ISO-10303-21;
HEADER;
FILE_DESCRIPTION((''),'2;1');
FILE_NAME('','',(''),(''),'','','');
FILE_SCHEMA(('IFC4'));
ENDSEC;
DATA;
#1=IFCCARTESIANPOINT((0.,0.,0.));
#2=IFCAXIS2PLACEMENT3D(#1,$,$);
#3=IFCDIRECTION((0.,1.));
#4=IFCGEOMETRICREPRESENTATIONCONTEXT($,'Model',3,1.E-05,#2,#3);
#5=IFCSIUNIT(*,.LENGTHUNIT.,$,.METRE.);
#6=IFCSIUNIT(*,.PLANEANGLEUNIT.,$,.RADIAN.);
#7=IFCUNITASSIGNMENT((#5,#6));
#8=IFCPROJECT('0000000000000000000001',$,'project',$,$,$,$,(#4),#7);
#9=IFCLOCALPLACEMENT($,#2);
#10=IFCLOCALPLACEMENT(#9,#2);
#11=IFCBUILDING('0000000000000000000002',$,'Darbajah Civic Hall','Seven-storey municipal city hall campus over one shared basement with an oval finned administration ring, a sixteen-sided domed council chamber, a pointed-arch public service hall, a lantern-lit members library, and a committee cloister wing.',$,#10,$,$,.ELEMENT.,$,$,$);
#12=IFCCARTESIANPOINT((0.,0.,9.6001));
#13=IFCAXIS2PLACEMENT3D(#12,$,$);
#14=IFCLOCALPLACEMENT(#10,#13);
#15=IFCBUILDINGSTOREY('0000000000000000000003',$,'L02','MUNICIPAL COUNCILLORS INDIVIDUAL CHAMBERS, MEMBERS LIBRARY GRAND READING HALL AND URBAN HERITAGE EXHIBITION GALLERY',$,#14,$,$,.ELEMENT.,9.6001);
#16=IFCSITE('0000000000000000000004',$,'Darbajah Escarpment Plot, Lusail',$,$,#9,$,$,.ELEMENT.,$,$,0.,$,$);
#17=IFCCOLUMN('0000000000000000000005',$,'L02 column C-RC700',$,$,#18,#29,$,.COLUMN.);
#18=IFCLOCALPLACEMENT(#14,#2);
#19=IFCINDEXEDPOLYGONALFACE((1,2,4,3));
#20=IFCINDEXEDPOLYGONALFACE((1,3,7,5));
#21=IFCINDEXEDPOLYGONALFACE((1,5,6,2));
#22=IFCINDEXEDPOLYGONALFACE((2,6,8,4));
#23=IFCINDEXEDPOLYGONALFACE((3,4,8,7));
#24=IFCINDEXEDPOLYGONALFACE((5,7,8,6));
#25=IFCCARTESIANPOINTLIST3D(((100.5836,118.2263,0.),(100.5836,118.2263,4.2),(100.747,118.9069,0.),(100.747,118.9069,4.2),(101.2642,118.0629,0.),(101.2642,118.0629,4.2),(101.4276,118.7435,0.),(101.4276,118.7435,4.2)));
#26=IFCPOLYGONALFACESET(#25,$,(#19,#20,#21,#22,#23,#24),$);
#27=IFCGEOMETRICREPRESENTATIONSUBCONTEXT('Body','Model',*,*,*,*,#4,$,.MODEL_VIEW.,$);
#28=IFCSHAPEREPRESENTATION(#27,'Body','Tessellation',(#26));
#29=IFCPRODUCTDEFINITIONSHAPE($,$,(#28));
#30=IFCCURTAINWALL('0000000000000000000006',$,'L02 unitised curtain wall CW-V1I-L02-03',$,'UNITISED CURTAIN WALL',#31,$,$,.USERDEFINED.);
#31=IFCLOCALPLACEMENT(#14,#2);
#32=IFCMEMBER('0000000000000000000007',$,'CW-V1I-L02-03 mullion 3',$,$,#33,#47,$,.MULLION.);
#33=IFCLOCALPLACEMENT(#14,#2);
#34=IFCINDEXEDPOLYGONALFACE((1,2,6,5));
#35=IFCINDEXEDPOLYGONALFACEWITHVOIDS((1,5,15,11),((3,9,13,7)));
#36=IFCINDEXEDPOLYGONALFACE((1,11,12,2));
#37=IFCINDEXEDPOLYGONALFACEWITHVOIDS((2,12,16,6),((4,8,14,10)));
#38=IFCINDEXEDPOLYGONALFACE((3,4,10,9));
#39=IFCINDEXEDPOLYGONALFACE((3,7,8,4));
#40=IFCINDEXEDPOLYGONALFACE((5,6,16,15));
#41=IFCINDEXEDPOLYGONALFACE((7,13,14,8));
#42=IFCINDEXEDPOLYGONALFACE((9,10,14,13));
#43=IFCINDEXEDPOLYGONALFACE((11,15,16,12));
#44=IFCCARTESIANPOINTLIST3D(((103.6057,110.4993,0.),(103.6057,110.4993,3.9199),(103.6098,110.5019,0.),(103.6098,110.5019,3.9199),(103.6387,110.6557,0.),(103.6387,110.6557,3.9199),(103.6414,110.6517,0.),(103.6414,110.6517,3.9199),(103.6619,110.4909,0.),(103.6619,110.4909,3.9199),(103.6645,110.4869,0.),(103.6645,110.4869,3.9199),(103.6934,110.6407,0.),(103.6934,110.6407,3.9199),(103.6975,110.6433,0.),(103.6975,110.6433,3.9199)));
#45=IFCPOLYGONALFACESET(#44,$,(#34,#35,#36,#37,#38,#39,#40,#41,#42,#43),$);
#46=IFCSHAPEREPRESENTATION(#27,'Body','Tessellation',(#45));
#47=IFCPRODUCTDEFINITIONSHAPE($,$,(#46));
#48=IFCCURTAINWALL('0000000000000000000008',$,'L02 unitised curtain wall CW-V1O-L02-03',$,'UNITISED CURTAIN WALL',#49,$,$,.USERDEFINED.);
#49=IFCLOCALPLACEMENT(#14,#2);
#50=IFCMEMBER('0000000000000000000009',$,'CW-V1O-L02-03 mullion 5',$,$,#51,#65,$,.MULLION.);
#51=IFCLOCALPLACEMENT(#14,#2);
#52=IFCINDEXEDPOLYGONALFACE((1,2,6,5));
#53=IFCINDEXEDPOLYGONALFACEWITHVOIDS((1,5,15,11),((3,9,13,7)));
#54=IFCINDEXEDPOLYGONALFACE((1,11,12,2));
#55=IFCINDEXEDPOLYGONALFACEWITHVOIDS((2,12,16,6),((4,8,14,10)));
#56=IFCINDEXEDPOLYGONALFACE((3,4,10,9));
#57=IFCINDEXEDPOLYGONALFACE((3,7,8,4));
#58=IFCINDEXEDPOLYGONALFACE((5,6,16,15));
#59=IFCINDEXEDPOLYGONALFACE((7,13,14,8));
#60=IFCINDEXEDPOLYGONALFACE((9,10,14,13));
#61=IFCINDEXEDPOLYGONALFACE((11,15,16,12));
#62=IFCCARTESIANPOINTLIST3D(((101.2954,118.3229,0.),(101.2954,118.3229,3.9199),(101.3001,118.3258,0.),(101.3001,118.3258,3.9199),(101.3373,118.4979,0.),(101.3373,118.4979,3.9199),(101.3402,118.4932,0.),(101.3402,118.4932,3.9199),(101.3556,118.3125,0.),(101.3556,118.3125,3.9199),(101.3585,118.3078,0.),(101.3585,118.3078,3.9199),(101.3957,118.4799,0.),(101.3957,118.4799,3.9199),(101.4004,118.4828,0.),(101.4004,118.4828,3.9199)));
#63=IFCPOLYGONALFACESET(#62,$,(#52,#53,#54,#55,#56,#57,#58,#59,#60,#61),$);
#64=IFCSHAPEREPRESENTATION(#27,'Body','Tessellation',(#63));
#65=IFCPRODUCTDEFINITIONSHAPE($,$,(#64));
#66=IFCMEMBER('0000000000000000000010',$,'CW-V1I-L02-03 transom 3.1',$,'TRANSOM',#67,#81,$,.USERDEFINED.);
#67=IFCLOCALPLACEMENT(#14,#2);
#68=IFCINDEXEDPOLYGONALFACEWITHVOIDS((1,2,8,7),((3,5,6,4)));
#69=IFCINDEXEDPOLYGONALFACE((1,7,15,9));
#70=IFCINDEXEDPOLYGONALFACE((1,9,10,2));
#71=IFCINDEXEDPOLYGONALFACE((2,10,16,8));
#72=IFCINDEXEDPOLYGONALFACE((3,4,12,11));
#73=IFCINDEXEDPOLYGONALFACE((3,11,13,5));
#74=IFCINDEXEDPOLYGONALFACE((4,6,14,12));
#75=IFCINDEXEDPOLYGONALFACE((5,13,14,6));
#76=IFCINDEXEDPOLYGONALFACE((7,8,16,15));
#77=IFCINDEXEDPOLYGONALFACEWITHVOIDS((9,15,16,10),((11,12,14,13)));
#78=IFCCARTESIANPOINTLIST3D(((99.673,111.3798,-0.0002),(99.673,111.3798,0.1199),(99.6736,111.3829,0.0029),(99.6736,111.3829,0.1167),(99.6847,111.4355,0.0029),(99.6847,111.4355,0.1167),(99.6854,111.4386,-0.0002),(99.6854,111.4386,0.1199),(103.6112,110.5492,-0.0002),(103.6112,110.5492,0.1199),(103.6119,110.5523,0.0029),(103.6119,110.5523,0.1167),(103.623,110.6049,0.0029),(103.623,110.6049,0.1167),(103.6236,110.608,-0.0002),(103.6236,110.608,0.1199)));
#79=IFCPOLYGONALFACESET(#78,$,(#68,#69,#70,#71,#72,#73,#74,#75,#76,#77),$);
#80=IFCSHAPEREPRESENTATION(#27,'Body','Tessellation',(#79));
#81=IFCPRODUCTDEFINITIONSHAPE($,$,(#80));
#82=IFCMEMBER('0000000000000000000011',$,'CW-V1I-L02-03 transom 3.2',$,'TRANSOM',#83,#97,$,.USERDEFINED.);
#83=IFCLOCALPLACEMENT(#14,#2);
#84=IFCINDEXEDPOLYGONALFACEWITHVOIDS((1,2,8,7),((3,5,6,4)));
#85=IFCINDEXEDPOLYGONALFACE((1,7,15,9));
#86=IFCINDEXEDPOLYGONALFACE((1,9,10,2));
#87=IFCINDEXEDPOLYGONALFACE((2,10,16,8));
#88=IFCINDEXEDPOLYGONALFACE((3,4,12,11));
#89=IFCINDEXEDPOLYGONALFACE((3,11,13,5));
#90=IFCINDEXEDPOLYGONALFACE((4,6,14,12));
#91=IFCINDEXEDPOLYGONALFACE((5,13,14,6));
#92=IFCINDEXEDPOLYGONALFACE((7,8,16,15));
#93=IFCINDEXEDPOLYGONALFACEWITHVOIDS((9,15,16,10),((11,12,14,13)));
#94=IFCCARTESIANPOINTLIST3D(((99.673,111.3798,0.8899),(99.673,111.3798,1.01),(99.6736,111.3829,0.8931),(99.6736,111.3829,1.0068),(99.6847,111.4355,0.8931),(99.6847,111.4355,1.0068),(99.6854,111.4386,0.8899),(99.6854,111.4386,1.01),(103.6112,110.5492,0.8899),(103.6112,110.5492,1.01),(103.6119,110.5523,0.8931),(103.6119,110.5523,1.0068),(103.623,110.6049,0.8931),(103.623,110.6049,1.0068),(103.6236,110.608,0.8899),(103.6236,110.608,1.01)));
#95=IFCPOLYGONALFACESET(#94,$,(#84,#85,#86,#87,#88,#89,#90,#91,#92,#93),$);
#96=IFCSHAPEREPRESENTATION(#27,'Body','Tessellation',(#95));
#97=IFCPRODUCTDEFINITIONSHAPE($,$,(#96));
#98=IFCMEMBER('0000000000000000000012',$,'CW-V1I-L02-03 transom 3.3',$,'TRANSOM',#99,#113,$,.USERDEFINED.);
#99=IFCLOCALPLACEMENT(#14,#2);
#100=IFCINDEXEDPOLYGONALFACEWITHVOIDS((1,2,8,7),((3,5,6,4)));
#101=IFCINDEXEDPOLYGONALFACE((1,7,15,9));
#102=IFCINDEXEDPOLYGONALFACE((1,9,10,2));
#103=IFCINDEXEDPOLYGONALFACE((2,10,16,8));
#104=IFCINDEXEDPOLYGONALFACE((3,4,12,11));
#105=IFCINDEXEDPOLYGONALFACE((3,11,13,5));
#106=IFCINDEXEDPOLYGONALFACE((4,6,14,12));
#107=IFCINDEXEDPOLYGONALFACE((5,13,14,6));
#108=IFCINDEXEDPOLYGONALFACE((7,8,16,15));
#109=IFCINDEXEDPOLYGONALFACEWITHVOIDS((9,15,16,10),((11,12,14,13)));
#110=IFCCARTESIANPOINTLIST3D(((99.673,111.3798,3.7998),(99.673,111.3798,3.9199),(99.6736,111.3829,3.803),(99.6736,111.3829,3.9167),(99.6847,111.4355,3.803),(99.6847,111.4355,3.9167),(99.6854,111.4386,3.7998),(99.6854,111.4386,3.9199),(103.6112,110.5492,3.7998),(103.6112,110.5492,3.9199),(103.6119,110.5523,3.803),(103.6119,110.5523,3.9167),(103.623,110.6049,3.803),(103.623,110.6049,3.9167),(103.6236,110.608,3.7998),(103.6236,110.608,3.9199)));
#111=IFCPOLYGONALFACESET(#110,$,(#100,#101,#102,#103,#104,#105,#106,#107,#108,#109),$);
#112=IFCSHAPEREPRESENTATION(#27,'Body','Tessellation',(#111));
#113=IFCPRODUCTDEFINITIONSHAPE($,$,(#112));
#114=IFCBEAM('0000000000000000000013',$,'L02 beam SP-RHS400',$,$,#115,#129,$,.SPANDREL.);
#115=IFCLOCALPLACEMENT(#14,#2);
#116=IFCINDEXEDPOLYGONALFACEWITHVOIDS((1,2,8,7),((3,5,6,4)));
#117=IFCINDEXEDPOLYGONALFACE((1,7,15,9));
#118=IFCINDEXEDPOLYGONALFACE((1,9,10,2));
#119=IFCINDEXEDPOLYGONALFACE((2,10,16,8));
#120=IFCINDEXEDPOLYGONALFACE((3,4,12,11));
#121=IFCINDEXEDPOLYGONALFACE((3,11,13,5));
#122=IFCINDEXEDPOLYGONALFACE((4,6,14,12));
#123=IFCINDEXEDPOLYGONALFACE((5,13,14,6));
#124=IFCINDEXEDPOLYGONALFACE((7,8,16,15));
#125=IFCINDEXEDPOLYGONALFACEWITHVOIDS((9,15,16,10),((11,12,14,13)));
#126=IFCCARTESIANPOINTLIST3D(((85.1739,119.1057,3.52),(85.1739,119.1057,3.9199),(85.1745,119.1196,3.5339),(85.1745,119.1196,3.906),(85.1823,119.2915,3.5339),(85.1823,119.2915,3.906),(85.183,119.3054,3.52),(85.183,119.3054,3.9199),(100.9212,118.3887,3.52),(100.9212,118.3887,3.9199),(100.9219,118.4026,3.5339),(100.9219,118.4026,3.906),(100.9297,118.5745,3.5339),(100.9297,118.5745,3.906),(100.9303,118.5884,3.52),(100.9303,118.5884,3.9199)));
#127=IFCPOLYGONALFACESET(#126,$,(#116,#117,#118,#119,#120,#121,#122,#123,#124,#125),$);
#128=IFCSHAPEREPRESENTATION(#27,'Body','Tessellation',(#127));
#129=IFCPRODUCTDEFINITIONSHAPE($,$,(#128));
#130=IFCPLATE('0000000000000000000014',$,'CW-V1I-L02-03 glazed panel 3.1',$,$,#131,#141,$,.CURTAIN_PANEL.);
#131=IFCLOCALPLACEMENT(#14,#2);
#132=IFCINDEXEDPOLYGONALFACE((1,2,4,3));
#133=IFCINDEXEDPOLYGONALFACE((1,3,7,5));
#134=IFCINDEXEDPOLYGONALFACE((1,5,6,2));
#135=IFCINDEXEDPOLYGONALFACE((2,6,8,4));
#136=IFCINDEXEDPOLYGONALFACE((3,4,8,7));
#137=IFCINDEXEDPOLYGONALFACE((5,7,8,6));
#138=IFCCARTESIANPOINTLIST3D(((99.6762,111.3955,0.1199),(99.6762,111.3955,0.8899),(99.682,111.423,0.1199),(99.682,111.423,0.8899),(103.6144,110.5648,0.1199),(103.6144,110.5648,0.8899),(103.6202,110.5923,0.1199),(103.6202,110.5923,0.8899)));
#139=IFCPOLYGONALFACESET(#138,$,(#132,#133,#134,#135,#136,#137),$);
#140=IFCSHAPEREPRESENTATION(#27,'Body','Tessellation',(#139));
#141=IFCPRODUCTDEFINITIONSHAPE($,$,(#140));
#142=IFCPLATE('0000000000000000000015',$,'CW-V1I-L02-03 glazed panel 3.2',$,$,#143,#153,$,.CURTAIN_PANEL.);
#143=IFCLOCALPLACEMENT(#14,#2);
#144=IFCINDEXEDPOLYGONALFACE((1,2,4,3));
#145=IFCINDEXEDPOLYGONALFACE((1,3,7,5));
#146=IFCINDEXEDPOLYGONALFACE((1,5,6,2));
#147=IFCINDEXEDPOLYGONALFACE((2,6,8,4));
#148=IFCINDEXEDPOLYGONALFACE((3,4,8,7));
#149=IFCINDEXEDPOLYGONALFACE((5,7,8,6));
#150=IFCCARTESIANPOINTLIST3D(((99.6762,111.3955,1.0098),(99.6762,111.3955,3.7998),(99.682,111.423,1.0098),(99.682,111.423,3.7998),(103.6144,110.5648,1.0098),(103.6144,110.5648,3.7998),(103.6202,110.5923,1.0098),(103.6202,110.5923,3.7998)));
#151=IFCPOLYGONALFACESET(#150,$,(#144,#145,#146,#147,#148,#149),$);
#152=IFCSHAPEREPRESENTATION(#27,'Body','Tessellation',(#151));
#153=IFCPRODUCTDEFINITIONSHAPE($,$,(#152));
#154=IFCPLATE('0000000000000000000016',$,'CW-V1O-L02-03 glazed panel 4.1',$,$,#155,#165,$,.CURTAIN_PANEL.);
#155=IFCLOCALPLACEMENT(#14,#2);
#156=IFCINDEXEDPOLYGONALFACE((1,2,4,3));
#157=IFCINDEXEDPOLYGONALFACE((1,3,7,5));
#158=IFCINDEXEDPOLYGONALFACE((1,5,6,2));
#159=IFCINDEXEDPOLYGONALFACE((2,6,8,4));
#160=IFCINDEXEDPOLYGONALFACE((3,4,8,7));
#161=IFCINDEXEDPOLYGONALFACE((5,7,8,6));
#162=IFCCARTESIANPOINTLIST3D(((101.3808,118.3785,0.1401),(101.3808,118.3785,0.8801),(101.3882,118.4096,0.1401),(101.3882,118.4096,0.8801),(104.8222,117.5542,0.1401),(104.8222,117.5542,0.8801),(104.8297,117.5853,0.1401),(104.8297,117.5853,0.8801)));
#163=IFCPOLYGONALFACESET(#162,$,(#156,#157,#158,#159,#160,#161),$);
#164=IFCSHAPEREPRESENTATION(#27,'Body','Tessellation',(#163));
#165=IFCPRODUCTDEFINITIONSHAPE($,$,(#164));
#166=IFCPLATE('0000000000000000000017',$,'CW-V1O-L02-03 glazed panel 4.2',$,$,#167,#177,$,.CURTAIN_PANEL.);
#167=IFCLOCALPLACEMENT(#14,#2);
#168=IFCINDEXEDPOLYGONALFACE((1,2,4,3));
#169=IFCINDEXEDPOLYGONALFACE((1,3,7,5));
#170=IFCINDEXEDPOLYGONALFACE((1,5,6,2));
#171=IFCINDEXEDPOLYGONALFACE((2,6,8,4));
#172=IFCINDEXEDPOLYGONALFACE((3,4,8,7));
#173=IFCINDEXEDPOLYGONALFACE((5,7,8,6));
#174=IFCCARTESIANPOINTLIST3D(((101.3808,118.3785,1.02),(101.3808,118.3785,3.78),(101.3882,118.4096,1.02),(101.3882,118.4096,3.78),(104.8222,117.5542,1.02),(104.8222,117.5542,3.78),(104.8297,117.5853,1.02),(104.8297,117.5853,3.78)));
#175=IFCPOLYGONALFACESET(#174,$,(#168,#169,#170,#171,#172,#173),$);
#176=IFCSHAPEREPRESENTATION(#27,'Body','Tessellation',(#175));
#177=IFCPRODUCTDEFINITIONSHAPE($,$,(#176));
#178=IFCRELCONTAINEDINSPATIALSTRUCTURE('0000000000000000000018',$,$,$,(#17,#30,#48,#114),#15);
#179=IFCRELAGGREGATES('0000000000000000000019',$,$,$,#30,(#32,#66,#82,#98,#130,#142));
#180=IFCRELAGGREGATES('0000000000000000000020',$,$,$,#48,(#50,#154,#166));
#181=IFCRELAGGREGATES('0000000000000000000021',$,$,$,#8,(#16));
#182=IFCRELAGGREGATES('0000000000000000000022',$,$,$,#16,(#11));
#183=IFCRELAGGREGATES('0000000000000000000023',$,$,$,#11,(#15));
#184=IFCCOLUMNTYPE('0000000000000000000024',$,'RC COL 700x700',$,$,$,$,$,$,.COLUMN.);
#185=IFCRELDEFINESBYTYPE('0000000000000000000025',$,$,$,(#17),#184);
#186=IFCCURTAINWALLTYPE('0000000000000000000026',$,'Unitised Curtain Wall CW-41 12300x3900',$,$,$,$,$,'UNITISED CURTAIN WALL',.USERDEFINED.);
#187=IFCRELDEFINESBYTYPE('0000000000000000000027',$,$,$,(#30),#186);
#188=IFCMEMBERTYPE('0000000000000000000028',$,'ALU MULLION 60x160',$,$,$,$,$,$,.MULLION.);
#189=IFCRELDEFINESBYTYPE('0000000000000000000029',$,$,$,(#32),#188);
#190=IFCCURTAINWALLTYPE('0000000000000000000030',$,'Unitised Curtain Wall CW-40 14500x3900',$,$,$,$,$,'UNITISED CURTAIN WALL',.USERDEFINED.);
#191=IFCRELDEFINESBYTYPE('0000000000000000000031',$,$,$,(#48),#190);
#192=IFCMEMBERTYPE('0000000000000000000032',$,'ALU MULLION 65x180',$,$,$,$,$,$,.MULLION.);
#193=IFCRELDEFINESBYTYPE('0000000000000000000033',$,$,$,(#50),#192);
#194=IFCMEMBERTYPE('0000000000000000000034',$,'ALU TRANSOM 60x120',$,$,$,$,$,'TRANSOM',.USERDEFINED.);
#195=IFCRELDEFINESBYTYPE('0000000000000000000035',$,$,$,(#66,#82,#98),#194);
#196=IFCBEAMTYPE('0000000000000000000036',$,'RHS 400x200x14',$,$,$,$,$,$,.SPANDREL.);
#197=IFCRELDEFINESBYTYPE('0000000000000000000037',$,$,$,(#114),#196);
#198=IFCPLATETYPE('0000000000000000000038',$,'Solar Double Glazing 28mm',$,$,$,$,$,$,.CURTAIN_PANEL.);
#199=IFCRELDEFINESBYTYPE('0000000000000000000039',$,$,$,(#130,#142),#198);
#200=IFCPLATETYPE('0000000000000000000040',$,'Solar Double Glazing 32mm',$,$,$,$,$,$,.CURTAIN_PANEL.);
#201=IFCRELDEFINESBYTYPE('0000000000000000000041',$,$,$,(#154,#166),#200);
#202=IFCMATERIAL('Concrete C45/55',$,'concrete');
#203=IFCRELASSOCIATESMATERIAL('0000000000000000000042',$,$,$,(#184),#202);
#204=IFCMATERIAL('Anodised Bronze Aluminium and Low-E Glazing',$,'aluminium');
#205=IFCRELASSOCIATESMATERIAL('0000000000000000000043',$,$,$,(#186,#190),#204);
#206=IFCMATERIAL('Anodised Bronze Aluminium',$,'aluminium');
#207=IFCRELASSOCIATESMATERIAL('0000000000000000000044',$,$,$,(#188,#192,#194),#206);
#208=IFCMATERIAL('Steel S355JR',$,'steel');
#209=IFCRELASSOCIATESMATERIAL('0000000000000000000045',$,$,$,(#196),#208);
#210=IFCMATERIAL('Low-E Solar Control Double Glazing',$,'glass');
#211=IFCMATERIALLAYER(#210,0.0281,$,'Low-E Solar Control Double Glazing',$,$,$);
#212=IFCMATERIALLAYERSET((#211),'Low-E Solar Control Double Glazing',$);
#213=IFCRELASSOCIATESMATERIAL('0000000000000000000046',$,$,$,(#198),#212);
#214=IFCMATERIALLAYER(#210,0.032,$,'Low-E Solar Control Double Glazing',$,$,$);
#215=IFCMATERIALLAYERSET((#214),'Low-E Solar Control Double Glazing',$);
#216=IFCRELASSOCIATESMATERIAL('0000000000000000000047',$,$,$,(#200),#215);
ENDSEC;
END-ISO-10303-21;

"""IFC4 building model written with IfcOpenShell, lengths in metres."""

from ifc_helpers import new_model, si_unit, direction, frame, origin, origin_2d, place, context, subcontext, project, spatial, rectangle, hollow_rectangle, extrude, material, layer, layer_set, material_profile, profile_set, type_object, element, aggregate, save


model = new_model("IFC4")

# Units and contexts
model_context = context("Model", 3, precision=1e-05, world=origin(), true_north=direction((0.0, 1.0)))
body_context = subcontext(model_context, "Body", "Model", "MODEL_VIEW")
ifc_project = project(units=[si_unit("LENGTHUNIT", "METRE"), si_unit("PLANEANGLEUNIT", "RADIAN")], contexts=[model_context])

# Site, building, storey
site_placement = place(None, origin())
site = spatial("IfcSite", under=ifc_project, at=site_placement, Name="Darbajah Escarpment Plot, Lusail", CompositionType="ELEMENT", RefElevation=0.0)
building_placement = place(site_placement, origin())
building = spatial("IfcBuilding", under=site, at=building_placement, Name="Darbajah Civic Hall", Description="Seven-storey municipal city hall campus over one shared basement with an oval finned administration ring, a sixteen-sided domed council chamber, a pointed-arch public service hall, a lantern-lit members library, and a committee cloister wing.", CompositionType="ELEMENT")
storey_placement = place(building_placement, frame((0.0, 0.0, 9.6001)))
storey = spatial("IfcBuildingStorey", under=building, at=storey_placement, Name="L02", Description="MUNICIPAL COUNCILLORS INDIVIDUAL CHAMBERS, MEMBERS LIBRARY GRAND READING HALL AND URBAN HERITAGE EXHIBITION GALLERY", CompositionType="ELEMENT", Elevation=9.6001)

# Column
ifc_material_1 = material(Name="Concrete C45/55", Category="concrete")
ifc_material_profile_1 = material_profile(ifc_material_1, rectangle(XDim=0.7, YDim=0.7, at=origin_2d()), Name="RC COL 700x700")
ifc_profile_set_1 = profile_set([ifc_material_profile_1], Name="Concrete C45/55")
column_type = type_object("IfcColumnType", Name="RC COL 700x700", PredefinedType="COLUMN", material=ifc_profile_set_1)
column_placement = place(storey_placement, frame((101.0056, 118.4849, 0.0), z_axis=(0.0, 0.0, 1.0), x_axis=(0.233445, 0.97237, 0.0)))
element("IfcColumn", 1, at=column_placement, inside=storey, type_object=column_type, Name="L02 column C-RC700", PredefinedType="COLUMN", context=body_context, shape_type="SweptSolid", body=[
    extrude(rectangle(XDim=0.7, YDim=0.7, at=origin_2d()), origin(), (0.0, 0.0, 1.0), 4.2),
])

# Curtain walls, members
ifc_material_2 = material(Name="Anodised Bronze Aluminium and Low-E Glazing", Category="aluminium")
curtain_wall_type_1 = type_object("IfcCurtainWallType", Name="Unitised Curtain Wall CW-41 12300x3900", ElementType="UNITISED CURTAIN WALL", PredefinedType="USERDEFINED", material=ifc_material_2)
curtain_wall_1_placement = place(storey_placement, origin())
curtain_wall_1 = element("IfcCurtainWall", 2, at=curtain_wall_1_placement, inside=storey, type_object=curtain_wall_type_1, Name="L02 unitised curtain wall CW-V1I-L02-03", ObjectType="UNITISED CURTAIN WALL", PredefinedType="USERDEFINED")
ifc_material_3 = material(Name="Anodised Bronze Aluminium", Category="aluminium")
ifc_material_profile_2 = material_profile(ifc_material_3, hollow_rectangle(XDim=0.0601, YDim=0.1599, WallThickness=0.0034, at=origin_2d()), Name="ALU MULLION 60x160")
ifc_profile_set_2 = profile_set([ifc_material_profile_2], Name="Anodised Bronze Aluminium")
member_type_1 = type_object("IfcMemberType", Name="ALU MULLION 60x160", PredefinedType="MULLION", material=ifc_profile_set_2)
member_1_placement = place(storey_placement, frame((103.6516, 110.5713, 0.0), z_axis=(0.0, 0.0, 1.0), x_axis=(-0.978473, 0.206375, 0.0)))
member_1 = element("IfcMember", 3, at=member_1_placement, type_object=member_type_1, Name="CW-V1I-L02-03 mullion 3", PredefinedType="MULLION", context=body_context, shape_type="SweptSolid", body=[
    extrude(hollow_rectangle(XDim=0.0601, YDim=0.1599, WallThickness=0.0034, at=origin_2d()), origin(), (0.0, 0.0, 1.0), 3.9199),
])
curtain_wall_type_2 = type_object("IfcCurtainWallType", Name="Unitised Curtain Wall CW-40 14500x3900", ElementType="UNITISED CURTAIN WALL", PredefinedType="USERDEFINED", material=ifc_material_2)
curtain_wall_2_placement = place(storey_placement, origin())
curtain_wall_2 = element("IfcCurtainWall", 4, at=curtain_wall_2_placement, inside=storey, type_object=curtain_wall_type_2, Name="L02 unitised curtain wall CW-V1O-L02-03", ObjectType="UNITISED CURTAIN WALL", PredefinedType="USERDEFINED")
ifc_material_profile_3 = material_profile(ifc_material_3, hollow_rectangle(XDim=0.0649, YDim=0.1799, WallThickness=0.0039, at=origin_2d()), Name="ALU MULLION 65x180")
ifc_profile_set_3 = profile_set([ifc_material_profile_3], Name="Anodised Bronze Aluminium")
member_type_2 = type_object("IfcMemberType", Name="ALU MULLION 65x180", PredefinedType="MULLION", material=ifc_profile_set_3)
member_2_placement = place(storey_placement, frame((101.3479, 118.4028, 0.0), z_axis=(0.0, 0.0, 1.0), x_axis=(-0.972492, 0.232936, 0.0)))
member_2 = element("IfcMember", 5, at=member_2_placement, type_object=member_type_2, Name="CW-V1O-L02-03 mullion 5", PredefinedType="MULLION", context=body_context, shape_type="SweptSolid", body=[
    extrude(hollow_rectangle(XDim=0.0649, YDim=0.1799, WallThickness=0.0039, at=origin_2d()), origin(), (0.0, 0.0, 1.0), 3.9199),
])

# Members
ifc_material_profile_4 = material_profile(ifc_material_3, hollow_rectangle(XDim=0.0601, YDim=0.1201, WallThickness=0.0032, at=origin_2d()), Name="ALU TRANSOM 60x120")
ifc_profile_set_4 = profile_set([ifc_material_profile_4], Name="Anodised Bronze Aluminium")
member_type_3 = type_object("IfcMemberType", Name="ALU TRANSOM 60x120", ElementType="TRANSOM", PredefinedType="USERDEFINED", material=ifc_profile_set_4)
member_3_placement = place(storey_placement, frame((103.6174, 110.5786, 0.0598), z_axis=(-0.978476, 0.206359, 0.0), x_axis=(-0.206359, -0.978476, 0.0)))
member_3 = element("IfcMember", 6, at=member_3_placement, type_object=member_type_3, Name="CW-V1I-L02-03 transom 3.1", ObjectType="TRANSOM", PredefinedType="USERDEFINED", context=body_context, shape_type="SweptSolid", body=[
    extrude(hollow_rectangle(XDim=0.0601, YDim=0.1201, WallThickness=0.0032, at=origin_2d()), origin(), (0.0, 0.0, 1.0), 4.0249),
])
member_4_placement = place(storey_placement, frame((103.6174, 110.5786, 0.95), z_axis=(-0.978476, 0.206359, 0.0), x_axis=(-0.206359, -0.978476, 0.0)))
member_4 = element("IfcMember", 7, at=member_4_placement, type_object=member_type_3, Name="CW-V1I-L02-03 transom 3.2", ObjectType="TRANSOM", PredefinedType="USERDEFINED", context=body_context, shape_type="SweptSolid", body=[
    extrude(hollow_rectangle(XDim=0.0601, YDim=0.1201, WallThickness=0.0032, at=origin_2d()), origin(), (0.0, 0.0, 1.0), 4.0249),
])
member_5_placement = place(storey_placement, frame((103.6174, 110.5786, 3.8599), z_axis=(-0.978476, 0.206359, 0.0), x_axis=(-0.206359, -0.978476, 0.0)))
member_5 = element("IfcMember", 8, at=member_5_placement, type_object=member_type_3, Name="CW-V1I-L02-03 transom 3.3", ObjectType="TRANSOM", PredefinedType="USERDEFINED", context=body_context, shape_type="SweptSolid", body=[
    extrude(hollow_rectangle(XDim=0.0601, YDim=0.1201, WallThickness=0.0032, at=origin_2d()), origin(), (0.0, 0.0, 1.0), 4.0249),
])

# Beam
ifc_material_4 = material(Name="Steel S355JR", Category="steel")
ifc_material_profile_5 = material_profile(ifc_material_4, hollow_rectangle(XDim=0.2, YDim=0.3999, WallThickness=0.0139, at=origin_2d()), Name="RHS 400x200x14")
ifc_profile_set_5 = profile_set([ifc_material_profile_5], Name="Steel S355JR")
beam_type = type_object("IfcBeamType", Name="RHS 400x200x14", PredefinedType="SPANDREL", material=ifc_profile_set_5)
beam_placement = place(storey_placement, frame((100.9258, 118.4885, 3.72), z_axis=(-0.998965, 0.045487, 0.0), x_axis=(-0.045487, -0.998965, 0.0)))
element("IfcBeam", 9, at=beam_placement, inside=storey, type_object=beam_type, Name="L02 beam SP-RHS400", PredefinedType="SPANDREL", context=body_context, shape_type="SweptSolid", body=[
    extrude(hollow_rectangle(XDim=0.2, YDim=0.3999, WallThickness=0.0139, at=origin_2d()), origin(), (0.0, 0.0, 1.0), 15.7637),
])

# Plates
ifc_material_5 = material(Name="Low-E Solar Control Double Glazing", Category="glass")
ifc_layer_1 = layer(ifc_material_5, 0.0281, Name="Low-E Solar Control Double Glazing")
ifc_layer_set_1 = layer_set([ifc_layer_1], Name="Low-E Solar Control Double Glazing")
plate_type_1 = type_object("IfcPlateType", Name="Solar Double Glazing 28mm", PredefinedType="CURTAIN_PANEL", material=ifc_layer_set_1)
plate_1_placement = place(storey_placement, frame((101.6482, 110.9939, 0.1199), z_axis=(0.0, 0.0, 1.0), x_axis=(-0.978473, 0.206375, 0.0)))
plate_1 = element("IfcPlate", 10, at=plate_1_placement, type_object=plate_type_1, Name="CW-V1I-L02-03 glazed panel 3.1", PredefinedType="CURTAIN_PANEL", context=body_context, shape_type="SweptSolid", body=[
    extrude(rectangle(XDim=4.0249, YDim=0.0281, at=origin_2d()), origin(), (0.0, 0.0, 1.0), 0.77),
])
plate_2_placement = place(storey_placement, frame((101.6482, 110.9939, 1.0098), z_axis=(0.0, 0.0, 1.0), x_axis=(-0.978473, 0.206375, 0.0)))
plate_2 = element("IfcPlate", 11, at=plate_2_placement, type_object=plate_type_1, Name="CW-V1I-L02-03 glazed panel 3.2", PredefinedType="CURTAIN_PANEL", context=body_context, shape_type="SweptSolid", body=[
    extrude(rectangle(XDim=4.0249, YDim=0.0281, at=origin_2d()), origin(), (0.0, 0.0, 1.0), 2.79),
])
aggregate(curtain_wall_1, [member_1, member_3, member_4, member_5, plate_1, plate_2])
ifc_layer_2 = layer(ifc_material_5, 0.032, Name="Low-E Solar Control Double Glazing")
ifc_layer_set_2 = layer_set([ifc_layer_2], Name="Low-E Solar Control Double Glazing")
plate_type_2 = type_object("IfcPlateType", Name="Solar Double Glazing 32mm", PredefinedType="CURTAIN_PANEL", material=ifc_layer_set_2)
plate_3_placement = place(storey_placement, frame((103.1052, 117.9819, 0.1401), z_axis=(0.0, 0.0, 1.0), x_axis=(-0.972492, 0.232936, 0.0)))
plate_3 = element("IfcPlate", 12, at=plate_3_placement, type_object=plate_type_2, Name="CW-V1O-L02-03 glazed panel 4.1", PredefinedType="CURTAIN_PANEL", context=body_context, shape_type="SweptSolid", body=[
    extrude(rectangle(XDim=3.5388, YDim=0.032, at=origin_2d()), origin(), (0.0, 0.0, 1.0), 0.74),
])
plate_4_placement = place(storey_placement, frame((103.1052, 117.9819, 1.02), z_axis=(0.0, 0.0, 1.0), x_axis=(-0.972492, 0.232936, 0.0)))
plate_4 = element("IfcPlate", 13, at=plate_4_placement, type_object=plate_type_2, Name="CW-V1O-L02-03 glazed panel 4.2", PredefinedType="CURTAIN_PANEL", context=body_context, shape_type="SweptSolid", body=[
    extrude(rectangle(XDim=3.5388, YDim=0.032, at=origin_2d()), origin(), (0.0, 0.0, 1.0), 2.76),
])
aggregate(curtain_wall_2, [member_2, plate_3, plate_4])

save(model, "model.ifc")
